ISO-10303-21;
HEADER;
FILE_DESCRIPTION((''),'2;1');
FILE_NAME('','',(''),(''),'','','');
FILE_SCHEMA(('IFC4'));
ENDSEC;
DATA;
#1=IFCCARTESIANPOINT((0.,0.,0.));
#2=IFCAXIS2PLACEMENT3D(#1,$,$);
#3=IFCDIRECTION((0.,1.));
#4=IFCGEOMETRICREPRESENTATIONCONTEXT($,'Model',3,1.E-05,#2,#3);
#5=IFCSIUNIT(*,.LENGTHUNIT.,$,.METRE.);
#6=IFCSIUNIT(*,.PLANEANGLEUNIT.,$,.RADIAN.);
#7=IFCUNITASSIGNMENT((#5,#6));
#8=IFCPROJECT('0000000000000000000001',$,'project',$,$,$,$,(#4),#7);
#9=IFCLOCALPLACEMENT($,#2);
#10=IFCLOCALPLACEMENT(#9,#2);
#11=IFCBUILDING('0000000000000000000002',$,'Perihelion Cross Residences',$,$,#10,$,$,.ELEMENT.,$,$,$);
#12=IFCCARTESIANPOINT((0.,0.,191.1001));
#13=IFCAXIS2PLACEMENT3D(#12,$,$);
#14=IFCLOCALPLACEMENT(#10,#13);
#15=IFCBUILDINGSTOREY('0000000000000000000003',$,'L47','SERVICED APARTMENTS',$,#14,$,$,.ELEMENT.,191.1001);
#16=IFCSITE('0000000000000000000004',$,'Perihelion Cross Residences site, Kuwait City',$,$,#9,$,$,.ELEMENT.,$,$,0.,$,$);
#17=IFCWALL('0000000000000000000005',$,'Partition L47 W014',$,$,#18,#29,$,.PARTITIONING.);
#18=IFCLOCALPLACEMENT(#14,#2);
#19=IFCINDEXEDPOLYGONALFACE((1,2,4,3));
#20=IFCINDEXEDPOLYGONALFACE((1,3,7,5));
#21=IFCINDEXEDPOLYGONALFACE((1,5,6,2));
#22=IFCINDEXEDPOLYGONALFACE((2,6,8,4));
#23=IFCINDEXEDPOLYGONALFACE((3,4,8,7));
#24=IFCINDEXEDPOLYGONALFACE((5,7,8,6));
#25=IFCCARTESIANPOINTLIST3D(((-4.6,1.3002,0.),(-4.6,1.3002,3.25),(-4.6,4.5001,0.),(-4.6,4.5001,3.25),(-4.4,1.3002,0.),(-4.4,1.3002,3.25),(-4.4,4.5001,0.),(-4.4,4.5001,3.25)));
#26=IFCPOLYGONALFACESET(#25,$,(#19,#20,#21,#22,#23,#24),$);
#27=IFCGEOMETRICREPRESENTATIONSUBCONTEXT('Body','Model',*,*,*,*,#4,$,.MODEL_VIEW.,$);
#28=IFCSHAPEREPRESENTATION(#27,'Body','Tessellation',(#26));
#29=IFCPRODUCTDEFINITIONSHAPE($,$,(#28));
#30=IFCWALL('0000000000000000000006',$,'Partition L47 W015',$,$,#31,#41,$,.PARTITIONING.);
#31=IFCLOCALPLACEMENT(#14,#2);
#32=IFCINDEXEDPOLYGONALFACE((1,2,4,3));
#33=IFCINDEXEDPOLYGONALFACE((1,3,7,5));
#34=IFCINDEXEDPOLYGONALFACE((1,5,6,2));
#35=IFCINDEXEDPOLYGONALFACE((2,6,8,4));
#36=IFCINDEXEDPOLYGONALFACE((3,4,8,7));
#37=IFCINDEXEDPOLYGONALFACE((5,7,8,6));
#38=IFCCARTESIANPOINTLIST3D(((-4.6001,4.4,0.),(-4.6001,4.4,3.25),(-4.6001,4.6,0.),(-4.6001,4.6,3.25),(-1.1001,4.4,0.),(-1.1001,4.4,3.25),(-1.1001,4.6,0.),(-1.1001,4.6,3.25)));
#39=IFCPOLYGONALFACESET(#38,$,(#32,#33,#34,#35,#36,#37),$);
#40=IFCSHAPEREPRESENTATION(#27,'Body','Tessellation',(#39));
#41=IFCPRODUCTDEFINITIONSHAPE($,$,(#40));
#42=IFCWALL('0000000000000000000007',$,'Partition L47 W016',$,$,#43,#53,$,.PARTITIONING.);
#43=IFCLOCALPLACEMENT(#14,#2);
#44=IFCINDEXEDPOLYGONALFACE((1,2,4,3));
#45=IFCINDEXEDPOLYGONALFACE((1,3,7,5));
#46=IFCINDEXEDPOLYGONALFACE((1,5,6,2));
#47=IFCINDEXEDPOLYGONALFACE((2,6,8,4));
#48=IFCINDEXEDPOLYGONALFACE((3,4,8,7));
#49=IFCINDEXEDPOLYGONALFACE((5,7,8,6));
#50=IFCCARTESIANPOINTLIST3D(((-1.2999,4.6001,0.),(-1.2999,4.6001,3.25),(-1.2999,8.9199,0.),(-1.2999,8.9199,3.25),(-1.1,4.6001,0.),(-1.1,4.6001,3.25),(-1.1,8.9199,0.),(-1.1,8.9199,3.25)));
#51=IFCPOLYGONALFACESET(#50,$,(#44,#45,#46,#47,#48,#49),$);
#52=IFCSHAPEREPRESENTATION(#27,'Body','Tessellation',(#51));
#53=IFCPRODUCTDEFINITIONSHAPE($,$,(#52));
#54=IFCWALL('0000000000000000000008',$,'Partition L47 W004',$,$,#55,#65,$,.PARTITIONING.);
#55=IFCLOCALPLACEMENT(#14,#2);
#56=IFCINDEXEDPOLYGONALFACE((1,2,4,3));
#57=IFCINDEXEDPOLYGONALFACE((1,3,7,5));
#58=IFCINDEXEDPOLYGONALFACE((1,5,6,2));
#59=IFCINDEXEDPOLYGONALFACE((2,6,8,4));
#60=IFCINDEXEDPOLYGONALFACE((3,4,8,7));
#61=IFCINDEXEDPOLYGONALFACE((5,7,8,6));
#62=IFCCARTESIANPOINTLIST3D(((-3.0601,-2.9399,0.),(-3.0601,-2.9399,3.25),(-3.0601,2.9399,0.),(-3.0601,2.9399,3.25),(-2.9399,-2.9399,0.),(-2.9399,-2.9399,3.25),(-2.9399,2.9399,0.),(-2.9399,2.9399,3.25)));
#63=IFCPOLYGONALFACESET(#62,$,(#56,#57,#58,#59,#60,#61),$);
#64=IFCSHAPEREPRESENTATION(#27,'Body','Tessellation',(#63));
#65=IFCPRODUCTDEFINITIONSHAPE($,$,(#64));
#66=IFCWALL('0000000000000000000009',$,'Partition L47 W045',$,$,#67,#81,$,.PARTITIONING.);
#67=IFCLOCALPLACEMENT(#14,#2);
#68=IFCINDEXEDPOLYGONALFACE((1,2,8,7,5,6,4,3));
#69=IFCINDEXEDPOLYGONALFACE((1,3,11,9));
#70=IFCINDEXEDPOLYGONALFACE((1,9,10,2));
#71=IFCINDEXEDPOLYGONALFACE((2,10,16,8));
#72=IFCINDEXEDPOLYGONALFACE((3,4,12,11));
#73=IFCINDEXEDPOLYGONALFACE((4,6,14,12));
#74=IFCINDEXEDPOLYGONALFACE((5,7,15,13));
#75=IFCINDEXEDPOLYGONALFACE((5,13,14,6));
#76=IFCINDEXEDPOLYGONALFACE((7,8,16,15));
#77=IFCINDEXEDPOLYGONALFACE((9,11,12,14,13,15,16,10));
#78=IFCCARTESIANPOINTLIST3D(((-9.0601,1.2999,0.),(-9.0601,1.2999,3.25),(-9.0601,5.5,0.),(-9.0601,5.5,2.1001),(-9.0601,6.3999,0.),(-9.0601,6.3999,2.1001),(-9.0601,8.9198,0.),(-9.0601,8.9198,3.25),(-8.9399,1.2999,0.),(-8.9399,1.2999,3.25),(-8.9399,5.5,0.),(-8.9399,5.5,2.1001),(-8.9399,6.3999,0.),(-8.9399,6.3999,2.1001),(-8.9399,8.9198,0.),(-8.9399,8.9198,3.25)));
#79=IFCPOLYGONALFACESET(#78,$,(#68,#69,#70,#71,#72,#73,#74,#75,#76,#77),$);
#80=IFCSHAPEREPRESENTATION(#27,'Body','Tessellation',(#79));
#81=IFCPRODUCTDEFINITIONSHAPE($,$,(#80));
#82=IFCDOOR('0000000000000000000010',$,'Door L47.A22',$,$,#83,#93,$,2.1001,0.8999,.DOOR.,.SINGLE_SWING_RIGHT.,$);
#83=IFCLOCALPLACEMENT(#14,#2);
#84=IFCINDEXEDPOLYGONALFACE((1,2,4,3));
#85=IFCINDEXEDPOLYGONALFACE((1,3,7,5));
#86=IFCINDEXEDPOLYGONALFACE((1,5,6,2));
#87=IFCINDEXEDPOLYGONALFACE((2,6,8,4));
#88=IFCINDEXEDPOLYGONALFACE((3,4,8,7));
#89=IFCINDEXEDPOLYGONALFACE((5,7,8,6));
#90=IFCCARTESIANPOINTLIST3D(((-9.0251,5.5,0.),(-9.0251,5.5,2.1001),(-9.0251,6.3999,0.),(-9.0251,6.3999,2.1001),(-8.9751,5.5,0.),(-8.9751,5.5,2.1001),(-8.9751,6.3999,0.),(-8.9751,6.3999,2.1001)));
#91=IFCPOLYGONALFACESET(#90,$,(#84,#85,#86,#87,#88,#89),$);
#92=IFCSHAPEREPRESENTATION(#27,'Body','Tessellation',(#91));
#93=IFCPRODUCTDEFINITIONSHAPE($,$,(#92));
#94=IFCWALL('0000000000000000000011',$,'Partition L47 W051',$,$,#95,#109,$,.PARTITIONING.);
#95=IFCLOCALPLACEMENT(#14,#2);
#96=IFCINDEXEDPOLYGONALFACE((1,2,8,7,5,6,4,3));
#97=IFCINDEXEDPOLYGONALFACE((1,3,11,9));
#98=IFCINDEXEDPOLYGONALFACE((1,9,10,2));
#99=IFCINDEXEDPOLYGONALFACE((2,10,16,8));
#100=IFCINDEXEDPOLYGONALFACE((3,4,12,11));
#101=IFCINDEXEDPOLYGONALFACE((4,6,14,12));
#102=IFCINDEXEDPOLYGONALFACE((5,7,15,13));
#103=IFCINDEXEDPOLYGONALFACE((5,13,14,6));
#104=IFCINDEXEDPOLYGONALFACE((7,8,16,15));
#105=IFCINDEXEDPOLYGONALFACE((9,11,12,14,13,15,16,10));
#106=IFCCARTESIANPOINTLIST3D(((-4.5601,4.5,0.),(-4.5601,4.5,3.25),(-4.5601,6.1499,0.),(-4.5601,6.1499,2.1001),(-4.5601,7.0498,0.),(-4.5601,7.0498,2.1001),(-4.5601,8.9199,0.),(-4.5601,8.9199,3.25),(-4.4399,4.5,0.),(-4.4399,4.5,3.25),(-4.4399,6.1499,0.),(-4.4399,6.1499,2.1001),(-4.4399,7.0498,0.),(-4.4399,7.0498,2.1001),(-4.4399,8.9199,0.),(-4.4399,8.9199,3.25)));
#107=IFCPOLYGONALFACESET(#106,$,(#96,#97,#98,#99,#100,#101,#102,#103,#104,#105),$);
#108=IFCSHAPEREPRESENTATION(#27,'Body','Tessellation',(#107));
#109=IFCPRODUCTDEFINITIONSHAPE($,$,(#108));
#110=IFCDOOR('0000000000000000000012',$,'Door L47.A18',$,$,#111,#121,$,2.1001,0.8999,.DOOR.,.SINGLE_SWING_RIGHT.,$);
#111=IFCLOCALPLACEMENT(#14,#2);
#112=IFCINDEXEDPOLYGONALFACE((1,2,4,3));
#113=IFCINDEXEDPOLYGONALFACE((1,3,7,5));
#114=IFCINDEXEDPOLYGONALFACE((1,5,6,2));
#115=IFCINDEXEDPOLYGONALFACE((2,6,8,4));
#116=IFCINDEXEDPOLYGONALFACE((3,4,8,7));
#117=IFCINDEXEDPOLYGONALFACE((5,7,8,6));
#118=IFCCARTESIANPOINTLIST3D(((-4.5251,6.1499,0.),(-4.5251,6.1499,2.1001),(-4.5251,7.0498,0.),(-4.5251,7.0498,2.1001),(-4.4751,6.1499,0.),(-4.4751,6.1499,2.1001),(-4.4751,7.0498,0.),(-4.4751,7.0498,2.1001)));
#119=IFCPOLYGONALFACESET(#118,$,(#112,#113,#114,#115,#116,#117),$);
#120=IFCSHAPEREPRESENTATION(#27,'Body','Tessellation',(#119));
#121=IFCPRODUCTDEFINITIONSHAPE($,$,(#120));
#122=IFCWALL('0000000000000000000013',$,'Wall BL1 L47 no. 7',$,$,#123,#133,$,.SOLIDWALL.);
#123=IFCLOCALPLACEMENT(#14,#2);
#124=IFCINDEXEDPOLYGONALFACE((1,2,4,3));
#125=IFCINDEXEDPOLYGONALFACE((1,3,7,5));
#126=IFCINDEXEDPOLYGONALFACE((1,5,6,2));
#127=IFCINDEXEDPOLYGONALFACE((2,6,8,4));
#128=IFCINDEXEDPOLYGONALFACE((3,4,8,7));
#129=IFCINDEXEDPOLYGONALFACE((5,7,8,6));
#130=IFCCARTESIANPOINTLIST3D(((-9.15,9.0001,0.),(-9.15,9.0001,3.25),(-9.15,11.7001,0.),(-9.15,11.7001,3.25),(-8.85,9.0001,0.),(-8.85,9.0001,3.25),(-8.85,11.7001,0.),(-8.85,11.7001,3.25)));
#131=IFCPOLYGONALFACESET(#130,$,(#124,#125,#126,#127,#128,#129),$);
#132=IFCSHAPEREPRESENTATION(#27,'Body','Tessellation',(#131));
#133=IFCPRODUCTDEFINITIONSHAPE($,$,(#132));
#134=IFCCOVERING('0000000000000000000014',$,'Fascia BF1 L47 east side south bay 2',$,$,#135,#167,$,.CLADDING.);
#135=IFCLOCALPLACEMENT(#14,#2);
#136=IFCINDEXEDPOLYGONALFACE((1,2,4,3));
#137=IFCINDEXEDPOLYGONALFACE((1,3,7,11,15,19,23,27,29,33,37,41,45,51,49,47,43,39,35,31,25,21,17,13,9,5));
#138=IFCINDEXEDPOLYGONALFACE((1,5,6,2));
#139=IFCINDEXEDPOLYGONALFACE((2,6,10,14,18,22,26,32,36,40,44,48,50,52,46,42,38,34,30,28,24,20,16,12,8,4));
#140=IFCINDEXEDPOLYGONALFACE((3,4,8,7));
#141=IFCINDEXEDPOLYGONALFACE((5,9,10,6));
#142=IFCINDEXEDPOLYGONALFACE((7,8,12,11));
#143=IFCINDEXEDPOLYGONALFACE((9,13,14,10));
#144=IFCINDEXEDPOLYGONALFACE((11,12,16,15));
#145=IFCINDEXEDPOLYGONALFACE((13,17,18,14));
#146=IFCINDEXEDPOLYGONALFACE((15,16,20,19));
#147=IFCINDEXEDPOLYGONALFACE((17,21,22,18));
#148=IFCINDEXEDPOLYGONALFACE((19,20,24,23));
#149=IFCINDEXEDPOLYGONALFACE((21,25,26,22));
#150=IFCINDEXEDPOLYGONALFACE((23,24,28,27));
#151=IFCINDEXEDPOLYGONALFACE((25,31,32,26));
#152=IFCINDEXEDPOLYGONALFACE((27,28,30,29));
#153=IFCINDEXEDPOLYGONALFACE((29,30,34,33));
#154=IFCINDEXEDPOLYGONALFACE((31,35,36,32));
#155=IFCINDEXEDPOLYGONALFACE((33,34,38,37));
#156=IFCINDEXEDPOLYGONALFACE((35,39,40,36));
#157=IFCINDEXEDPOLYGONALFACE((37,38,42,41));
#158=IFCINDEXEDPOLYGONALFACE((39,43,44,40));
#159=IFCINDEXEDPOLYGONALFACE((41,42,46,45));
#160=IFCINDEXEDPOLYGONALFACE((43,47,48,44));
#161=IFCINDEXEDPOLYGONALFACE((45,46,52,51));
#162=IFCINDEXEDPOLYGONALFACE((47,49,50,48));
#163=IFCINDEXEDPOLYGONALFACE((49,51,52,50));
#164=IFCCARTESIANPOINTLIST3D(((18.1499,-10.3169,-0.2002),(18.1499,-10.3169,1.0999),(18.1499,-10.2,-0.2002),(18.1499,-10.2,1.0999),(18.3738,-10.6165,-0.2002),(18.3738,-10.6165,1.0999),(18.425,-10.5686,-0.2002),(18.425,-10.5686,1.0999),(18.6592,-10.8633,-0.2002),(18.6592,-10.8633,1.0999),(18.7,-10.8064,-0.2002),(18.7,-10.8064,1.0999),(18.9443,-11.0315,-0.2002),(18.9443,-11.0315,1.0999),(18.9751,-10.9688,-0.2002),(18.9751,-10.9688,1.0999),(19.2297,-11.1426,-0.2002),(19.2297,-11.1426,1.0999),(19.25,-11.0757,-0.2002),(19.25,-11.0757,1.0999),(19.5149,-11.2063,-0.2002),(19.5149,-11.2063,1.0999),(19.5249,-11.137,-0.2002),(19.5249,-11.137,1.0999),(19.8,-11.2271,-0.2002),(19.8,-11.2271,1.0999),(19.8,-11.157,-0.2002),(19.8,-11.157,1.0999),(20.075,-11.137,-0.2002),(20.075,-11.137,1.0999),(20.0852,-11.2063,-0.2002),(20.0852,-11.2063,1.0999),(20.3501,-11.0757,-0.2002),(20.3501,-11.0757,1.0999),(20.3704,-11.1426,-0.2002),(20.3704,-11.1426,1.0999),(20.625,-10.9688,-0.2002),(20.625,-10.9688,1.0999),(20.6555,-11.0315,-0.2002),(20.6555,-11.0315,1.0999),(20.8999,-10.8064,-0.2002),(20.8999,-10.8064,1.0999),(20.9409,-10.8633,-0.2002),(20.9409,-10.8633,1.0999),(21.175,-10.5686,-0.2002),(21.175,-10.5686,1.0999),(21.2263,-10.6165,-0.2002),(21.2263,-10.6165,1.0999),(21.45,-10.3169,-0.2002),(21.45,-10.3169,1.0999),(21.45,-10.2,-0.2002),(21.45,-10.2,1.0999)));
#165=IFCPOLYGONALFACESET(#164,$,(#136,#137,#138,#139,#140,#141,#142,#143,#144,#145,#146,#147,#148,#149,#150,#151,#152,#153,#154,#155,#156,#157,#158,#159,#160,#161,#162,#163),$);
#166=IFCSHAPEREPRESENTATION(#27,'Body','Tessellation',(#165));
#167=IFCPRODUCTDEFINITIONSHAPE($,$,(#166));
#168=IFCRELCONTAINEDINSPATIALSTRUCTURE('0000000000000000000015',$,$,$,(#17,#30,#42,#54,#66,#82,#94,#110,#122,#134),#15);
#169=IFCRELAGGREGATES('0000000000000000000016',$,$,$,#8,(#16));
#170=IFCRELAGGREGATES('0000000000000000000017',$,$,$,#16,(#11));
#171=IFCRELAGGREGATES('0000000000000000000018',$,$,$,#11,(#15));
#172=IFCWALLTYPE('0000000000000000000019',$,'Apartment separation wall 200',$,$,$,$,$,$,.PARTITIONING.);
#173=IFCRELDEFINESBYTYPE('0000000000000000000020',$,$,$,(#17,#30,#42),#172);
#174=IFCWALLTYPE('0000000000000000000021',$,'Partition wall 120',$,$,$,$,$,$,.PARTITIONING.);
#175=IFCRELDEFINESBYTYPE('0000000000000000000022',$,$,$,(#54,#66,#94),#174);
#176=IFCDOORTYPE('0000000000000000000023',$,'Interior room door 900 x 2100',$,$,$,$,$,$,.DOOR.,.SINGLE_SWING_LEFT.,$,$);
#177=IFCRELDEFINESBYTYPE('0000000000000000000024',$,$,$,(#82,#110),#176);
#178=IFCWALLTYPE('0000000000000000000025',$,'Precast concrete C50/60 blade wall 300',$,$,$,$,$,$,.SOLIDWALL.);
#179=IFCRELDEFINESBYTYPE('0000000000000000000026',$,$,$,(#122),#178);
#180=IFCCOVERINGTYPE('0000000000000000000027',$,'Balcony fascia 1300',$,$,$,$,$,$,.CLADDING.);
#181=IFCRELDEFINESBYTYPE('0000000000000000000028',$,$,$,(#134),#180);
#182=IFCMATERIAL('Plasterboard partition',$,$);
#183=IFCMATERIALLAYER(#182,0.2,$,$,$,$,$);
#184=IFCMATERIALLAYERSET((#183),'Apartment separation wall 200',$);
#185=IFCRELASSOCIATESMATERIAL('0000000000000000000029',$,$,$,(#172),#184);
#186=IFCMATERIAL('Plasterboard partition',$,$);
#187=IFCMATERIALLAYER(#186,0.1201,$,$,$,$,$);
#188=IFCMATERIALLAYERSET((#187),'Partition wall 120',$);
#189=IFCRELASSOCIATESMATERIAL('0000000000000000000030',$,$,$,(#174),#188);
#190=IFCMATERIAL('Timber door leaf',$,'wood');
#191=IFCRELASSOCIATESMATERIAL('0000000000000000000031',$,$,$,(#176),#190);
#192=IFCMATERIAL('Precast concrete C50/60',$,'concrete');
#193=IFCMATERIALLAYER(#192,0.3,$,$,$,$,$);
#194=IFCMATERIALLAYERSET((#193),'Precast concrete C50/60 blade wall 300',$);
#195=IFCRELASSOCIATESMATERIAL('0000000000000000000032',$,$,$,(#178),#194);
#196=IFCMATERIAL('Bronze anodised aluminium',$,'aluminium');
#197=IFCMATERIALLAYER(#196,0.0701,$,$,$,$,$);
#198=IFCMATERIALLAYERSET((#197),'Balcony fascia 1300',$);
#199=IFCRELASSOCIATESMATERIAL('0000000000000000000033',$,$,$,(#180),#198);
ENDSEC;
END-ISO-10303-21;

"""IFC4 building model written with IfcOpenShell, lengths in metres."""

from ifc_helpers import new_model, si_unit, direction, frame, frame_2d, origin, place, context, subcontext, project, spatial, polyline, rectangle, outline, extrude, material, layer, layer_set, type_object, element, fill, save


model = new_model("IFC4")

# Units and contexts
model_context = context("Model", 3, precision=1e-05, world=origin(), true_north=direction((0.0, 1.0)))
body_context = subcontext(model_context, "Body", "Model", "MODEL_VIEW")
ifc_project = project(units=[si_unit("LENGTHUNIT", "METRE"), si_unit("PLANEANGLEUNIT", "RADIAN")], contexts=[model_context])

# Site, building, storey
site_placement = place(None, origin())
site = spatial("IfcSite", under=ifc_project, at=site_placement, Name="Perihelion Cross Residences site, Kuwait City", CompositionType="ELEMENT", RefElevation=0.0)
building_placement = place(site_placement, origin())
building = spatial("IfcBuilding", under=site, at=building_placement, Name="Perihelion Cross Residences", CompositionType="ELEMENT")
storey_placement = place(building_placement, frame((0.0, 0.0, 191.1001)))
storey = spatial("IfcBuildingStorey", under=building, at=storey_placement, Name="L47", Description="SERVICED APARTMENTS", CompositionType="ELEMENT", Elevation=191.1001)

# Walls
ifc_material_1 = material(Name="Plasterboard partition")
ifc_layer_1 = layer(ifc_material_1, 0.2)
ifc_layer_set_1 = layer_set([ifc_layer_1], Name="Apartment separation wall 200")
wall_type_1 = type_object("IfcWallType", Name="Apartment separation wall 200", PredefinedType="PARTITIONING", material=ifc_layer_set_1)
wall_1_placement = place(storey_placement, frame((-4.5, 1.3, 0.0), z_axis=(0.0, 0.0, 1.0), x_axis=(0.0, 1.0, 0.0)))
element("IfcWall", 1, at=wall_1_placement, inside=storey, type_object=wall_type_1, Name="Partition L47 W014", PredefinedType="PARTITIONING", context=body_context, shape_type="SweptSolid", body=[
    extrude(rectangle(XDim=3.2, YDim=0.2, at=frame_2d((1.6001, 0.0))), origin(), (0.0, 0.0, 1.0), 3.25),
])
wall_2_placement = place(storey_placement, frame((-4.6001, 4.5, 0.0), z_axis=(0.0, 0.0, 1.0), x_axis=(1.0, 0.0, 0.0)))
element("IfcWall", 2, at=wall_2_placement, inside=storey, type_object=wall_type_1, Name="Partition L47 W015", PredefinedType="PARTITIONING", context=body_context, shape_type="SweptSolid", body=[
    extrude(rectangle(XDim=3.5, YDim=0.2, at=frame_2d((1.75, 0.0))), origin(), (0.0, 0.0, 1.0), 3.25),
])
wall_3_placement = place(storey_placement, frame((-1.2, 4.6001, 0.0), z_axis=(0.0, 0.0, 1.0), x_axis=(0.0, 1.0, 0.0)))
element("IfcWall", 3, at=wall_3_placement, inside=storey, type_object=wall_type_1, Name="Partition L47 W016", PredefinedType="PARTITIONING", context=body_context, shape_type="SweptSolid", body=[
    extrude(rectangle(XDim=4.3198, YDim=0.2, at=frame_2d((2.1599, 0.0))), origin(), (0.0, 0.0, 1.0), 3.25),
])

# Wall
ifc_material_2 = material(Name="Plasterboard partition")
ifc_layer_2 = layer(ifc_material_2, 0.1201)
ifc_layer_set_2 = layer_set([ifc_layer_2], Name="Partition wall 120")
wall_type_2 = type_object("IfcWallType", Name="Partition wall 120", PredefinedType="PARTITIONING", material=ifc_layer_set_2)
wall_4_placement = place(storey_placement, frame((-3.0, 2.9399, 0.0), z_axis=(0.0, 0.0, 1.0), x_axis=(0.0, -1.0, 0.0)))
element("IfcWall", 4, at=wall_4_placement, inside=storey, type_object=wall_type_2, Name="Partition L47 W004", PredefinedType="PARTITIONING", context=body_context, shape_type="SweptSolid", body=[
    extrude(rectangle(XDim=5.8799, YDim=0.1201, at=frame_2d((2.9399, 0.0))), origin(), (0.0, 0.0, 1.0), 3.25),
])

# Walls, openings, doors
wall_5_placement = place(storey_placement, frame((-9.0, 8.9199, 0.0), z_axis=(0.0, 0.0, 1.0), x_axis=(0.0, -1.0, 0.0)))
wall_5 = element("IfcWall", 5, at=wall_5_placement, inside=storey, type_object=wall_type_2, Name="Partition L47 W045", PredefinedType="PARTITIONING", context=body_context, shape_type="SweptSolid", body=[
    extrude(rectangle(XDim=7.6199, YDim=0.1201, at=frame_2d((3.8101, 0.0))), origin(), (0.0, 0.0, 1.0), 3.25),
])
opening_1_placement = place(wall_5_placement, frame((2.52, 0.0, 0.0)))
opening_1 = element("IfcOpeningElement", 6, at=opening_1_placement, cuts=wall_5, PredefinedType="OPENING", context=body_context, shape_type="SweptSolid", body=[
    extrude(rectangle(XDim=0.8999, YDim=2.1001, at=frame_2d((0.45, 1.05))), frame((0.0, 0.0701, 0.0), z_axis=(0.0, -1.0, 0.0), x_axis=(1.0, 0.0, 0.0)), (0.0, 0.0, 1.0), 0.1401),
])
ifc_material_3 = material(Name="Timber door leaf", Category="wood")
door_type_1 = type_object("IfcDoorType", Name="Interior room door 900 x 2100", OperationType="SINGLE_SWING_LEFT", PredefinedType="DOOR", material=ifc_material_3)
door_1_placement = place(opening_1_placement, origin())
door_1 = element("IfcDoor", 7, at=door_1_placement, inside=storey, type_object=door_type_1, Name="Door L47.A22", OperationType="SINGLE_SWING_RIGHT", OverallHeight=2.1001, OverallWidth=0.8999, PredefinedType="DOOR", context=body_context, shape_type="SweptSolid", body=[
    extrude(rectangle(XDim=0.8999, YDim=2.1001, at=frame_2d((0.45, 1.05))), frame((0.0, 0.0249, 0.0), z_axis=(0.0, -1.0, 0.0), x_axis=(1.0, 0.0, 0.0)), (0.0, 0.0, 1.0), 0.05),
])
fill(opening_1, door_1)
wall_6_placement = place(storey_placement, frame((-4.5, 8.9199, 0.0), z_axis=(0.0, 0.0, 1.0), x_axis=(0.0, -1.0, 0.0)))
wall_6 = element("IfcWall", 8, at=wall_6_placement, inside=storey, type_object=wall_type_2, Name="Partition L47 W051", PredefinedType="PARTITIONING", context=body_context, shape_type="SweptSolid", body=[
    extrude(rectangle(XDim=4.4199, YDim=0.1201, at=frame_2d((2.21, 0.0))), origin(), (0.0, 0.0, 1.0), 3.25),
])
opening_2_placement = place(wall_6_placement, frame((1.8701, 0.0, 0.0)))
opening_2 = element("IfcOpeningElement", 9, at=opening_2_placement, cuts=wall_6, PredefinedType="OPENING", context=body_context, shape_type="SweptSolid", body=[
    extrude(rectangle(XDim=0.8999, YDim=2.1001, at=frame_2d((0.45, 1.05))), frame((0.0, 0.0701, 0.0), z_axis=(0.0, -1.0, 0.0), x_axis=(1.0, 0.0, 0.0)), (0.0, 0.0, 1.0), 0.1401),
])
door_2_placement = place(opening_2_placement, origin())
door_2 = element("IfcDoor", 10, at=door_2_placement, inside=storey, type_object=door_type_1, Name="Door L47.A18", OperationType="SINGLE_SWING_RIGHT", OverallHeight=2.1001, OverallWidth=0.8999, PredefinedType="DOOR", context=body_context, shape_type="SweptSolid", body=[
    extrude(rectangle(XDim=0.8999, YDim=2.1001, at=frame_2d((0.45, 1.05))), frame((0.0, 0.0249, 0.0), z_axis=(0.0, -1.0, 0.0), x_axis=(1.0, 0.0, 0.0)), (0.0, 0.0, 1.0), 0.05),
])
fill(opening_2, door_2)

# Wall
ifc_material_4 = material(Name="Precast concrete C50/60", Category="concrete")
ifc_layer_3 = layer(ifc_material_4, 0.3)
ifc_layer_set_3 = layer_set([ifc_layer_3], Name="Precast concrete C50/60 blade wall 300")
wall_type_3 = type_object("IfcWallType", Name="Precast concrete C50/60 blade wall 300", PredefinedType="SOLIDWALL", material=ifc_layer_set_3)
wall_7_placement = place(storey_placement, frame((-9.0, 9.0, 0.0), z_axis=(0.0, 0.0, 1.0), x_axis=(0.0, 1.0, 0.0)))
element("IfcWall", 11, at=wall_7_placement, inside=storey, type_object=wall_type_3, Name="Wall BL1 L47 no. 7", PredefinedType="SOLIDWALL", context=body_context, shape_type="SweptSolid", body=[
    extrude(rectangle(XDim=2.7, YDim=0.3, at=frame_2d((1.3501, 0.0))), origin(), (0.0, 0.0, 1.0), 3.25),
])

# Covering
ifc_material_5 = material(Name="Bronze anodised aluminium", Category="aluminium")
ifc_layer_4 = layer(ifc_material_5, 0.0701)
ifc_layer_set_4 = layer_set([ifc_layer_4], Name="Balcony fascia 1300")
covering_type = type_object("IfcCoveringType", Name="Balcony fascia 1300", PredefinedType="CLADDING", material=ifc_layer_set_4)
covering_placement = place(storey_placement, frame((0.0, 0.0, -0.2002)))
element("IfcCovering", 12, at=covering_placement, inside=storey, type_object=covering_type, Name="Fascia BF1 L47 east side south bay 2", PredefinedType="CLADDING", context=body_context, shape_type="SweptSolid", body=[
    extrude(outline(polyline([(18.3738, -10.6165), (18.6592, -10.8633), (18.9443, -11.0315), (19.2297, -11.1426), (19.5149, -11.2063), (19.8, -11.2271), (20.0852, -11.2063), (20.3704, -11.1426), (20.6555, -11.0315), (20.9409, -10.8633), (21.2263, -10.6165), (21.45, -10.3169), (21.45, -10.2), (21.175, -10.5686), (20.8999, -10.8064), (20.625, -10.9688), (20.3501, -11.0757), (20.075, -11.137), (19.8, -11.157), (19.5249, -11.137), (19.25, -11.0757), (18.9751, -10.9688), (18.7, -10.8064), (18.425, -10.5686), (18.1499, -10.2), (18.1499, -10.3169), (18.3738, -10.6165)])), origin(), (0.0, 0.0, 1.0), 1.3),
])

save(model, "model.ifc")
